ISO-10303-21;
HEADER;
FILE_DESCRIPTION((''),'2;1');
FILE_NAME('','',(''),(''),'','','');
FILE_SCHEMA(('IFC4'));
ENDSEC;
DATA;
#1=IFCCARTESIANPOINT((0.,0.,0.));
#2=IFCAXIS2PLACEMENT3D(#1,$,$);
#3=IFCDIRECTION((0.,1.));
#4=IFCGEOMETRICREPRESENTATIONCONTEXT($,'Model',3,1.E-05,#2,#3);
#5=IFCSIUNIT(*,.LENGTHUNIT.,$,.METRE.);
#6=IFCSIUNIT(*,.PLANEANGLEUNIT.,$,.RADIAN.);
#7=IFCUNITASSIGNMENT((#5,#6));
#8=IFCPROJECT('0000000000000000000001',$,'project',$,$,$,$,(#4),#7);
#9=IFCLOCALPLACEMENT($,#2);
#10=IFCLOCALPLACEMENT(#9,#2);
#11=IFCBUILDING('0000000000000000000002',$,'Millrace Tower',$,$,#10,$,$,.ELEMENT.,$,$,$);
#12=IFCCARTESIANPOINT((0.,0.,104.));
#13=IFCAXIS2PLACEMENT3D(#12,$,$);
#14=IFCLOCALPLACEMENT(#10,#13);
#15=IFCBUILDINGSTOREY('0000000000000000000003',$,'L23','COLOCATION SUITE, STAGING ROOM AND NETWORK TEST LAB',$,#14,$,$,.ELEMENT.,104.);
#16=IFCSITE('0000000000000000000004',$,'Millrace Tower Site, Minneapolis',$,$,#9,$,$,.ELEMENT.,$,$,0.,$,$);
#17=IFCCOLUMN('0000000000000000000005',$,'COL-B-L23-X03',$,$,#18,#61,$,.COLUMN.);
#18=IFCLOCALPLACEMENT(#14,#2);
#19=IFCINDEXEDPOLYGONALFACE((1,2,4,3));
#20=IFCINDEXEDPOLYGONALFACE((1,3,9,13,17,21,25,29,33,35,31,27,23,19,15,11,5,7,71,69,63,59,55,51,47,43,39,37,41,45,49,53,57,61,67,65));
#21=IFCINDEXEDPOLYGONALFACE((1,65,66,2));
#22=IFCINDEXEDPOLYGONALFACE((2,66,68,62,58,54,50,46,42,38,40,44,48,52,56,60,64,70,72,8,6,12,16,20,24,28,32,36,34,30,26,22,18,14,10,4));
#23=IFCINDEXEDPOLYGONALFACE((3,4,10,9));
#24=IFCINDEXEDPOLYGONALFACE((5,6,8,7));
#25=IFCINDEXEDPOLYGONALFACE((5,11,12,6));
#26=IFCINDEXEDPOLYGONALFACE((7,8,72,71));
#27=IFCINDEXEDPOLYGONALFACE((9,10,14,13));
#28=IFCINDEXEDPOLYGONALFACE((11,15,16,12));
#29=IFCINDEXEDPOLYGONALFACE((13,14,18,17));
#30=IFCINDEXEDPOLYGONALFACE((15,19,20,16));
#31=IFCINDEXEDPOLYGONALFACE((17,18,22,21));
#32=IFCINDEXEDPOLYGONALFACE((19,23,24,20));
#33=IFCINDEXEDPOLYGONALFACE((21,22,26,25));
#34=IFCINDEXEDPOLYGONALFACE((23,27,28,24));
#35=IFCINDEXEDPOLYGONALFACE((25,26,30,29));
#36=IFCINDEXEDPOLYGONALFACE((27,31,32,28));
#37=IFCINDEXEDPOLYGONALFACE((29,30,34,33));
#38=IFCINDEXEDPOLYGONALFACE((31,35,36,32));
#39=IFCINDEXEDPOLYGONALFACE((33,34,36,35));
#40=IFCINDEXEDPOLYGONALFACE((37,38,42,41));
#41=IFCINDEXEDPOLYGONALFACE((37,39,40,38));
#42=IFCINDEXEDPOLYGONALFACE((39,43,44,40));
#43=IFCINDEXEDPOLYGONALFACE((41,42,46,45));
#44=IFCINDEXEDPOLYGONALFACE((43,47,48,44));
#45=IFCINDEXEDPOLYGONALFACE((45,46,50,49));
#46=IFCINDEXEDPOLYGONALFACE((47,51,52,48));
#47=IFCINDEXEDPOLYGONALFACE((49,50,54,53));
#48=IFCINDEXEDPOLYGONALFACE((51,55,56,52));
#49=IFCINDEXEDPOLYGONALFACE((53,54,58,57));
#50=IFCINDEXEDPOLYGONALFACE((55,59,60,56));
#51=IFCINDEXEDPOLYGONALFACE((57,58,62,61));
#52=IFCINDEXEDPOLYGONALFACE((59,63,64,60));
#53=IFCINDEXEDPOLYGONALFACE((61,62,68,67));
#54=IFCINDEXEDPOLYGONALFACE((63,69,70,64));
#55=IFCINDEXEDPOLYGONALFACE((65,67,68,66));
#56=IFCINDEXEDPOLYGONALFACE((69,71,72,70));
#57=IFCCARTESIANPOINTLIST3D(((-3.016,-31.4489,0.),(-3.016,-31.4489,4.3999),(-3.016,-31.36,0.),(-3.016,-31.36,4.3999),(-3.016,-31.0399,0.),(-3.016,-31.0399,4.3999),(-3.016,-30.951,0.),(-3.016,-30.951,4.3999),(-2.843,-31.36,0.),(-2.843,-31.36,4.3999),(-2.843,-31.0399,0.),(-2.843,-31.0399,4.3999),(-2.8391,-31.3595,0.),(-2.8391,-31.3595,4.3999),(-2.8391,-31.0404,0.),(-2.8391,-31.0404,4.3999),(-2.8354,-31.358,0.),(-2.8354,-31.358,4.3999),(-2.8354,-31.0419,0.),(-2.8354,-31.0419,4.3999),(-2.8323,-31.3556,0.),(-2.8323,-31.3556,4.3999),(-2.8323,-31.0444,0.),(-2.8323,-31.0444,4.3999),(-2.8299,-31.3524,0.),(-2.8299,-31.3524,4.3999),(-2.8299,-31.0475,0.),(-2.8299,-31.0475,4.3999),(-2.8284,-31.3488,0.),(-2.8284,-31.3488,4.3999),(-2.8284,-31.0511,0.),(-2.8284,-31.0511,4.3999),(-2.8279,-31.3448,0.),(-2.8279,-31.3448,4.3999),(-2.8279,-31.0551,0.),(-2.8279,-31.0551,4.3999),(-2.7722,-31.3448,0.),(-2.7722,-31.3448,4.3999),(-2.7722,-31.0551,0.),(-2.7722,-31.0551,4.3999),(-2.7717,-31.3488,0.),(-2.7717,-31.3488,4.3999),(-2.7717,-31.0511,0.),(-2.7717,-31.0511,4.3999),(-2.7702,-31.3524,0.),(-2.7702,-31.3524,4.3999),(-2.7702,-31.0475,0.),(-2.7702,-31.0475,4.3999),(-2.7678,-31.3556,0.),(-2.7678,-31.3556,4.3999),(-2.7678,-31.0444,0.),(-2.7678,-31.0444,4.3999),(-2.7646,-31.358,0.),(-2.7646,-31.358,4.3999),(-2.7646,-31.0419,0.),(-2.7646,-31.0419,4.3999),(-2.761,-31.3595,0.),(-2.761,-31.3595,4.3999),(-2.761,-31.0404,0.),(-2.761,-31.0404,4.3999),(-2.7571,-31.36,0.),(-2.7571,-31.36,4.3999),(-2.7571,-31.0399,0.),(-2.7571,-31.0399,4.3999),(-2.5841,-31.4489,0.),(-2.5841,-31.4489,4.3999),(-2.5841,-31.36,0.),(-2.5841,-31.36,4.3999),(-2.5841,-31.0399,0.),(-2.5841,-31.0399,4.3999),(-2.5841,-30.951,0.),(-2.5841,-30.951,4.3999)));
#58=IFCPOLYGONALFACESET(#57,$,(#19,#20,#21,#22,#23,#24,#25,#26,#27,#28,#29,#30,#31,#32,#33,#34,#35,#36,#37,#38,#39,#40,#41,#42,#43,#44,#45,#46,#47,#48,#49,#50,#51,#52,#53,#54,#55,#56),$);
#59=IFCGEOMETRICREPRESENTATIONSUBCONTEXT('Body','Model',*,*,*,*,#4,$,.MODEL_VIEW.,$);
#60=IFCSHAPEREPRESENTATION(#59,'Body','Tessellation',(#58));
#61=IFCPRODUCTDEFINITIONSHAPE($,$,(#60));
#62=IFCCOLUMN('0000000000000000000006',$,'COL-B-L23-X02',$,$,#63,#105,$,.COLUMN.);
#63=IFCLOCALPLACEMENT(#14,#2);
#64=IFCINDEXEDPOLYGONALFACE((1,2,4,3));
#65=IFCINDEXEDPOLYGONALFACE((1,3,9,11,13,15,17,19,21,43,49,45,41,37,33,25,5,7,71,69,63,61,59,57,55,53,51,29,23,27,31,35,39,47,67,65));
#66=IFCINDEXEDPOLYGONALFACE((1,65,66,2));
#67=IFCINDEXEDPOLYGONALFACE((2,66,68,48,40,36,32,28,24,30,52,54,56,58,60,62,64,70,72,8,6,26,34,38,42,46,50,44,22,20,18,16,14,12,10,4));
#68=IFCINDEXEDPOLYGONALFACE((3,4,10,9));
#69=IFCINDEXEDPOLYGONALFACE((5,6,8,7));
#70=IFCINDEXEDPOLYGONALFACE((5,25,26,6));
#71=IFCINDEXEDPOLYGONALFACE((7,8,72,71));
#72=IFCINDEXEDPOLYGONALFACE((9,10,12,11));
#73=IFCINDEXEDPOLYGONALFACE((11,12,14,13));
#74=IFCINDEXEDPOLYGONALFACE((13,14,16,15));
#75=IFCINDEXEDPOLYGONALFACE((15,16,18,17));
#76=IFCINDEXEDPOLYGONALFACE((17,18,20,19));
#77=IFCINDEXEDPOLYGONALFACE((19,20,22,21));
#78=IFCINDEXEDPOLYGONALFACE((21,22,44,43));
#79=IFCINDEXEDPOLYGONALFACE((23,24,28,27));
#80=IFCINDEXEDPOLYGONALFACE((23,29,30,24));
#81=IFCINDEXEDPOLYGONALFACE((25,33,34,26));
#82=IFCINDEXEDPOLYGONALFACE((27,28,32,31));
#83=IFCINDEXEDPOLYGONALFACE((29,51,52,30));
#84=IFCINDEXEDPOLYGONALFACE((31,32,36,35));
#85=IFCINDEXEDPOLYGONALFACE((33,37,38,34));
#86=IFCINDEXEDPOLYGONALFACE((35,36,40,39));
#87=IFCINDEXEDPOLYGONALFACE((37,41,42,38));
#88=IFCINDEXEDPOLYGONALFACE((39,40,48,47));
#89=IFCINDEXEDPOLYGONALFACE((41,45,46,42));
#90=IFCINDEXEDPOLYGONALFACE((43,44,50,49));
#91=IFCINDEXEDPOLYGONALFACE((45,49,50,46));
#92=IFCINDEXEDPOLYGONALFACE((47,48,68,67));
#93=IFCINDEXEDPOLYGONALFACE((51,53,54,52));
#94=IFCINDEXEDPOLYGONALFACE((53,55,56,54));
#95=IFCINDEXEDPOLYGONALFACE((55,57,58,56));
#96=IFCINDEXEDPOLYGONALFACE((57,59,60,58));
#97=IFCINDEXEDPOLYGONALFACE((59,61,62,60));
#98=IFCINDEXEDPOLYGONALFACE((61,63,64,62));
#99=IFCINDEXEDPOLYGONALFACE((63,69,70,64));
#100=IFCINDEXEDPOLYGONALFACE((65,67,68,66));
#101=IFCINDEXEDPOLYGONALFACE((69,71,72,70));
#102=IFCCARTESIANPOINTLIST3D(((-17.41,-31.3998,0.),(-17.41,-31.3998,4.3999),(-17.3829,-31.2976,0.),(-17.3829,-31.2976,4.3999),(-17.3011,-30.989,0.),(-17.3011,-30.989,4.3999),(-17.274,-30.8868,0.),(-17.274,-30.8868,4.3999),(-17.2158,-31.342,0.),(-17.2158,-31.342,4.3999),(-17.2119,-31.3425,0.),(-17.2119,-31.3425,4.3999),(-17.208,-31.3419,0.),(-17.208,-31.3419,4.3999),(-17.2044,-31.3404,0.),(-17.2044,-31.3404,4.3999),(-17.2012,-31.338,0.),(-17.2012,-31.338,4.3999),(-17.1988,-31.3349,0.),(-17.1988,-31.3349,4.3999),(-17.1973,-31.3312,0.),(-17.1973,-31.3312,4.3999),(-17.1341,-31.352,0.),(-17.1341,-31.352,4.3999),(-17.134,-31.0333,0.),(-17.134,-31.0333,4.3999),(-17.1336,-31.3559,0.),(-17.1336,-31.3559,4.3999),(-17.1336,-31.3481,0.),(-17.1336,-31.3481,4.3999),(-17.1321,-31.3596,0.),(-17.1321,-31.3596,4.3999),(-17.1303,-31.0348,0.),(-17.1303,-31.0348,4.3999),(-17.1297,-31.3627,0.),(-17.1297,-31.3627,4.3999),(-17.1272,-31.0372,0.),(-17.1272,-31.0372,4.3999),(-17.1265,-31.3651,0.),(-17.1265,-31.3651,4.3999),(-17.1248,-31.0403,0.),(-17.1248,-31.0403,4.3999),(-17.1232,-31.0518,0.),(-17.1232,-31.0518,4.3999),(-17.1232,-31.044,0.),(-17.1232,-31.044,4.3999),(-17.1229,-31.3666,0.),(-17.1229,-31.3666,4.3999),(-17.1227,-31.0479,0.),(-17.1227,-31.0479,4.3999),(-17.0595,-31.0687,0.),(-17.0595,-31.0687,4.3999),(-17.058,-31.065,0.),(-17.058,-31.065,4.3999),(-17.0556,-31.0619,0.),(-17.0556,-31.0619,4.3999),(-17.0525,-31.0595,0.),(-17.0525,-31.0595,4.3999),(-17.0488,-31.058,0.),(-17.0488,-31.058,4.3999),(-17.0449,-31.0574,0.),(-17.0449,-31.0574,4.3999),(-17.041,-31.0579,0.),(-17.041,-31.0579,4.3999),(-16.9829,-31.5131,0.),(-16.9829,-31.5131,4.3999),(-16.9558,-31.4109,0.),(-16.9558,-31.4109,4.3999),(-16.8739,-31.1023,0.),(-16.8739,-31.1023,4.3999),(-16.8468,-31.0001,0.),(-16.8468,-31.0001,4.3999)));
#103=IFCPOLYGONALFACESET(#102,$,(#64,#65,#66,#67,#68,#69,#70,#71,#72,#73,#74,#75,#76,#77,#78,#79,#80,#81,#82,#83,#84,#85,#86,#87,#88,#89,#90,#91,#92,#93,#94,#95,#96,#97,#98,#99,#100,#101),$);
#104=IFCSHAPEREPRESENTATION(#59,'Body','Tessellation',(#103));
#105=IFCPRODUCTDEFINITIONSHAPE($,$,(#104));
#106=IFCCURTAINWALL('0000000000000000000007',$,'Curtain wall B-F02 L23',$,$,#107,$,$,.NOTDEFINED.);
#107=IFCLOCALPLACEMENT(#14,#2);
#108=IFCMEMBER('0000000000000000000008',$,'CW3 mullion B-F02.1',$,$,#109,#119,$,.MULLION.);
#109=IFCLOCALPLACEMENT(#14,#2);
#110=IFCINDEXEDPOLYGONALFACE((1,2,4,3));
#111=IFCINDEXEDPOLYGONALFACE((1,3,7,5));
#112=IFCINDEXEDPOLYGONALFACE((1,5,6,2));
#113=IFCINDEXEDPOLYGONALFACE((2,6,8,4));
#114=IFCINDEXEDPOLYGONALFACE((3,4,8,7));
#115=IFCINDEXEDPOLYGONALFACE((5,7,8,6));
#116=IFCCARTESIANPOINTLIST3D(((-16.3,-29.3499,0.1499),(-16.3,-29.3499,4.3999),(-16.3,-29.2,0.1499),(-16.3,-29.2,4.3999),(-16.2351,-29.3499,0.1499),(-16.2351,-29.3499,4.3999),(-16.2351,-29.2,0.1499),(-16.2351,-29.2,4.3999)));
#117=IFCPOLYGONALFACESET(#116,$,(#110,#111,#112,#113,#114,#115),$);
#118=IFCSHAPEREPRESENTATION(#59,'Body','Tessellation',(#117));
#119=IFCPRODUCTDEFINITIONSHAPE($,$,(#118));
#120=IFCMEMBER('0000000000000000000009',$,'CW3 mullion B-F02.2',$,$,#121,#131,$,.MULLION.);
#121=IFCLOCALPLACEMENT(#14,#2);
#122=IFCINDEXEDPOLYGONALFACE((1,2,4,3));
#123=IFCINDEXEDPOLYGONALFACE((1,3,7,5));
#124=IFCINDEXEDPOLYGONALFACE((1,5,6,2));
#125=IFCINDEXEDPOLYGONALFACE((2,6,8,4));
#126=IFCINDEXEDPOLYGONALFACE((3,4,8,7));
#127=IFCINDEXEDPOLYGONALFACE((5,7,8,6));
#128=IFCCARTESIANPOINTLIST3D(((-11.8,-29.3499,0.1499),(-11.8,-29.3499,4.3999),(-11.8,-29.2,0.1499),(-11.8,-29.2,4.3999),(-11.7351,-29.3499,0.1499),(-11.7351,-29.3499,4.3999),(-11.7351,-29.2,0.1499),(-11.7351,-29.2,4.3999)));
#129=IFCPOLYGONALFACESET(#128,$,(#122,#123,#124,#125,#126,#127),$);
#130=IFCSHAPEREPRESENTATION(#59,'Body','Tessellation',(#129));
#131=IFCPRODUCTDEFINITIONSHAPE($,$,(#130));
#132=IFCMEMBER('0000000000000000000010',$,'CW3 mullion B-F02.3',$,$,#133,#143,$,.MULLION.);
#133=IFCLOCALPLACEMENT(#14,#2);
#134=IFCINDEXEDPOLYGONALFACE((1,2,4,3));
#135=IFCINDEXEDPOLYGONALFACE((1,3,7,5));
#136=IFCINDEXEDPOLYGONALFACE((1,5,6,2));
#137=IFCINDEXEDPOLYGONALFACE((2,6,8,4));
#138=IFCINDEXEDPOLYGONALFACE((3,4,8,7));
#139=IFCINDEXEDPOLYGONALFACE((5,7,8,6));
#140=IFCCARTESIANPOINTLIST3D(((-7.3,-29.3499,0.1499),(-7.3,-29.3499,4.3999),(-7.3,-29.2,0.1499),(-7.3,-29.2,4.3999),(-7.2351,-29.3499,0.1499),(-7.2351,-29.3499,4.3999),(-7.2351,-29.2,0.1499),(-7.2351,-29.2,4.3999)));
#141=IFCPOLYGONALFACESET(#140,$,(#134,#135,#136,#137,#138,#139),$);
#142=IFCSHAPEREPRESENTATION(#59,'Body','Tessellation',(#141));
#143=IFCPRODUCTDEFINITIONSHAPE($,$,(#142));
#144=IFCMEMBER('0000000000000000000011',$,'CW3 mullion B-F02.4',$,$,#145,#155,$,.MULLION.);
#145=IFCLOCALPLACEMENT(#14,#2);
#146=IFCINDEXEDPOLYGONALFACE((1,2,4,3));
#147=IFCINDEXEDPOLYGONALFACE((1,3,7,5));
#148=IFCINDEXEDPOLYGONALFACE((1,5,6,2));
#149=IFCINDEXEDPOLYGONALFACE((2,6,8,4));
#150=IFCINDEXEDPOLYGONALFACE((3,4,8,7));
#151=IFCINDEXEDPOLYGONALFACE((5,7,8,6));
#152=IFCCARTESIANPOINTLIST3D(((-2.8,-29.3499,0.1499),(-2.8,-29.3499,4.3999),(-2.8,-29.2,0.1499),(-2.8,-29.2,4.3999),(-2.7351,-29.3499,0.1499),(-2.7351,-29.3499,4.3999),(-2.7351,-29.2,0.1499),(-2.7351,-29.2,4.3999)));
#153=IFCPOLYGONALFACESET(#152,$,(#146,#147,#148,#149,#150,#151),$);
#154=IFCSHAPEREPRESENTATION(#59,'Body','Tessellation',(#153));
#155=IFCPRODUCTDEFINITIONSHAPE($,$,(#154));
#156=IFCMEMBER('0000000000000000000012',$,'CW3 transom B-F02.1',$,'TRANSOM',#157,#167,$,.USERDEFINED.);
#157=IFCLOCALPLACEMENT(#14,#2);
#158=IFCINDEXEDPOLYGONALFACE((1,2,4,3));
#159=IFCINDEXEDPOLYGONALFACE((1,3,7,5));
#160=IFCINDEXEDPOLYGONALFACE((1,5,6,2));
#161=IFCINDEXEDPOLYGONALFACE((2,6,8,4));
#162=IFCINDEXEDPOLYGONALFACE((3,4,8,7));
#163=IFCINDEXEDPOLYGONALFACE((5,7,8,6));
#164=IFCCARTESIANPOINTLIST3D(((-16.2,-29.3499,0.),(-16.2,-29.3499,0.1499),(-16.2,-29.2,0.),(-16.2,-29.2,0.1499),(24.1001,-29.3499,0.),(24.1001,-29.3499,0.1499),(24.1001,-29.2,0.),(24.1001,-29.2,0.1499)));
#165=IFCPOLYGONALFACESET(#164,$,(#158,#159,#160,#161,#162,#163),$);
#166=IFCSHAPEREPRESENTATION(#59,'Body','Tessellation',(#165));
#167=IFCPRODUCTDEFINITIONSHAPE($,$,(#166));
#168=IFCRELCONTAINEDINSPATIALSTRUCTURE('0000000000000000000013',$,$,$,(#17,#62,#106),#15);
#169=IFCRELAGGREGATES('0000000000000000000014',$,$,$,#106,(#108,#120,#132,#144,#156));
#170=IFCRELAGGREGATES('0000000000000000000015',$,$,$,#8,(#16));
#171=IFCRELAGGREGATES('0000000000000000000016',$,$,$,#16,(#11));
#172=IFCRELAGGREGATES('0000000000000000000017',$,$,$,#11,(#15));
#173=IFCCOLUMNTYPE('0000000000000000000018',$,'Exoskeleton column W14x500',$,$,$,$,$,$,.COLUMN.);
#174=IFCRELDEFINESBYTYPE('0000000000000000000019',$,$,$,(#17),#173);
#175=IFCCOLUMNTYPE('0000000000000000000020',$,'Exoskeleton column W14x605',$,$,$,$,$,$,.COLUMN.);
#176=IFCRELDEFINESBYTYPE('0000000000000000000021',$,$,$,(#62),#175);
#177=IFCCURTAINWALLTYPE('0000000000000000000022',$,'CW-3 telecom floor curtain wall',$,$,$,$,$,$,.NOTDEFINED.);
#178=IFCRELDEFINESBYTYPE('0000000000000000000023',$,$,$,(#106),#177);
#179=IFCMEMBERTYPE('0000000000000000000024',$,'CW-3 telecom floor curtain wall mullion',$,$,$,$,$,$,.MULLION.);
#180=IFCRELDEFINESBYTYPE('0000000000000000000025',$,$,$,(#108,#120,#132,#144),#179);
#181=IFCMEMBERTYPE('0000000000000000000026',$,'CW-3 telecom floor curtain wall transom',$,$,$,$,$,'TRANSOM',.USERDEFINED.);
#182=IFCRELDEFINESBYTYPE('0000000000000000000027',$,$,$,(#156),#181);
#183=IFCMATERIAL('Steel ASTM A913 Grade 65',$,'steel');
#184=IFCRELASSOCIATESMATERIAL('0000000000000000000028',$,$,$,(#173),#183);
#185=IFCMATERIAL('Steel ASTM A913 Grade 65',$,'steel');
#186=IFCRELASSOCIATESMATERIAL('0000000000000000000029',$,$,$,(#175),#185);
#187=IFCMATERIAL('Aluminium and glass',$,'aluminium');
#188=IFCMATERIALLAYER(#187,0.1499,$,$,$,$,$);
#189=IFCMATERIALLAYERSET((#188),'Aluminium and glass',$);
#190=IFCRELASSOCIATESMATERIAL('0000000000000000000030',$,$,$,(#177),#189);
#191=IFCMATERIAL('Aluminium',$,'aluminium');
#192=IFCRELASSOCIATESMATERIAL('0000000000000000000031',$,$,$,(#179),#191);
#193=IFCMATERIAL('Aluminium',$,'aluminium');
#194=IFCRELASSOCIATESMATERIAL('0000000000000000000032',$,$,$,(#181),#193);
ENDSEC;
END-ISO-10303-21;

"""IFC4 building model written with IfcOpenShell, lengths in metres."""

from ifc_helpers import new_model, si_unit, direction, frame, origin, origin_2d, place, context, subcontext, project, spatial, rectangle, i_section, extrude, material, layer, layer_set, material_profile, profile_set, type_object, element, aggregate, save


model = new_model("IFC4")

# Units and contexts
model_context = context("Model", 3, precision=1e-05, world=origin(), true_north=direction((0.0, 1.0)))
body_context = subcontext(model_context, "Body", "Model", "MODEL_VIEW")
ifc_project = project(units=[si_unit("LENGTHUNIT", "METRE"), si_unit("PLANEANGLEUNIT", "RADIAN")], contexts=[model_context])

# Site, building, storey
site_placement = place(None, origin())
site = spatial("IfcSite", under=ifc_project, at=site_placement, Name="Millrace Tower Site, Minneapolis", CompositionType="ELEMENT", RefElevation=0.0)
building_placement = place(site_placement, origin())
building = spatial("IfcBuilding", under=site, at=building_placement, Name="Millrace Tower", CompositionType="ELEMENT")
storey_placement = place(building_placement, frame((0.0, 0.0, 104.0)))
storey = spatial("IfcBuildingStorey", under=building, at=storey_placement, Name="L23", Description="COLOCATION SUITE, STAGING ROOM AND NETWORK TEST LAB", CompositionType="ELEMENT", Elevation=104.0)

# Columns
ifc_material_1 = material(Name="Steel ASTM A913 Grade 65", Category="steel")
ifc_material_profile_1 = material_profile(ifc_material_1, i_section(OverallWidth=0.4319, OverallDepth=0.4978, WebThickness=0.0557, FlangeThickness=0.0889, FilletRadius=0.0151, at=origin_2d()))
ifc_profile_set_1 = profile_set([ifc_material_profile_1], Name="Steel ASTM A913 Grade 65")
column_type_1 = type_object("IfcColumnType", Name="Exoskeleton column W14x500", PredefinedType="COLUMN", material=ifc_profile_set_1)
column_1_placement = place(storey_placement, frame((-2.8, -31.2, 0.0), z_axis=(0.0, 0.0, 1.0), x_axis=(1.0, 0.0, 0.0)))
element("IfcColumn", 1, at=column_1_placement, inside=storey, type_object=column_type_1, Name="COL-B-L23-X03", PredefinedType="COLUMN", context=body_context, shape_type="SweptSolid", body=[
    extrude(i_section(OverallWidth=0.4319, OverallDepth=0.4978, WebThickness=0.0557, FlangeThickness=0.0889, FilletRadius=0.0151, at=origin_2d()), origin(), (0.0, 0.0, 1.0), 4.3999),
])
ifc_material_2 = material(Name="Steel ASTM A913 Grade 65", Category="steel")
ifc_material_profile_2 = material_profile(ifc_material_2, i_section(OverallWidth=0.4419, OverallDepth=0.5308, WebThickness=0.0659, FlangeThickness=0.1057, FilletRadius=0.0151, at=origin_2d()))
ifc_profile_set_2 = profile_set([ifc_material_profile_2], Name="Steel ASTM A913 Grade 65")
column_type_2 = type_object("IfcColumnType", Name="Exoskeleton column W14x605", PredefinedType="COLUMN", material=ifc_profile_set_2)
column_2_placement = place(storey_placement, frame((-17.1284, -31.2, 0.0), z_axis=(0.0, 0.0, 1.0), x_axis=(0.966585, -0.256347, 0.0)))
element("IfcColumn", 2, at=column_2_placement, inside=storey, type_object=column_type_2, Name="COL-B-L23-X02", PredefinedType="COLUMN", context=body_context, shape_type="SweptSolid", body=[
    extrude(i_section(OverallWidth=0.4419, OverallDepth=0.5308, WebThickness=0.0659, FlangeThickness=0.1057, FilletRadius=0.0151, at=origin_2d()), origin(), (0.0, 0.0, 1.0), 4.3999),
])

# Curtain wall, members
ifc_material_3 = material(Name="Aluminium and glass", Category="aluminium")
ifc_layer_1 = layer(ifc_material_3, 0.1499)
ifc_layer_set_1 = layer_set([ifc_layer_1], Name="Aluminium and glass")
curtain_wall_type = type_object("IfcCurtainWallType", Name="CW-3 telecom floor curtain wall", PredefinedType="NOTDEFINED", material=ifc_layer_set_1)
curtain_wall_placement = place(storey_placement, origin())
curtain_wall = element("IfcCurtainWall", 3, at=curtain_wall_placement, inside=storey, type_object=curtain_wall_type, Name="Curtain wall B-F02 L23", PredefinedType="NOTDEFINED")
ifc_material_4 = material(Name="Aluminium", Category="aluminium")
ifc_material_profile_3 = material_profile(ifc_material_4, rectangle(XDim=0.0649, YDim=0.1499, at=origin_2d()))
ifc_profile_set_3 = profile_set([ifc_material_profile_3], Name="Aluminium")
member_type_1 = type_object("IfcMemberType", Name="CW-3 telecom floor curtain wall mullion", PredefinedType="MULLION", material=ifc_profile_set_3)
member_1_placement = place(storey_placement, frame((-16.2676, -29.2749, 0.1499), z_axis=(0.0, 0.0, 1.0), x_axis=(1.0, 0.0, 0.0)))
member_1 = element("IfcMember", 4, at=member_1_placement, type_object=member_type_1, Name="CW3 mullion B-F02.1", PredefinedType="MULLION", context=body_context, shape_type="SweptSolid", body=[
    extrude(rectangle(XDim=0.0649, YDim=0.1499, at=origin_2d()), origin(), (0.0, 0.0, 1.0), 4.25),
])
member_2_placement = place(storey_placement, frame((-11.7676, -29.2749, 0.1499), z_axis=(0.0, 0.0, 1.0), x_axis=(1.0, 0.0, 0.0)))
member_2 = element("IfcMember", 5, at=member_2_placement, type_object=member_type_1, Name="CW3 mullion B-F02.2", PredefinedType="MULLION", context=body_context, shape_type="SweptSolid", body=[
    extrude(rectangle(XDim=0.0649, YDim=0.1499, at=origin_2d()), origin(), (0.0, 0.0, 1.0), 4.25),
])
member_3_placement = place(storey_placement, frame((-7.2676, -29.2749, 0.1499), z_axis=(0.0, 0.0, 1.0), x_axis=(1.0, 0.0, 0.0)))
member_3 = element("IfcMember", 6, at=member_3_placement, type_object=member_type_1, Name="CW3 mullion B-F02.3", PredefinedType="MULLION", context=body_context, shape_type="SweptSolid", body=[
    extrude(rectangle(XDim=0.0649, YDim=0.1499, at=origin_2d()), origin(), (0.0, 0.0, 1.0), 4.25),
])
member_4_placement = place(storey_placement, frame((-2.7676, -29.2749, 0.1499), z_axis=(0.0, 0.0, 1.0), x_axis=(1.0, 0.0, 0.0)))
member_4 = element("IfcMember", 7, at=member_4_placement, type_object=member_type_1, Name="CW3 mullion B-F02.4", PredefinedType="MULLION", context=body_context, shape_type="SweptSolid", body=[
    extrude(rectangle(XDim=0.0649, YDim=0.1499, at=origin_2d()), origin(), (0.0, 0.0, 1.0), 4.25),
])
ifc_material_5 = material(Name="Aluminium", Category="aluminium")
ifc_material_profile_4 = material_profile(ifc_material_5, rectangle(XDim=0.1499, YDim=0.1499, at=origin_2d()))
ifc_profile_set_4 = profile_set([ifc_material_profile_4], Name="Aluminium")
member_type_2 = type_object("IfcMemberType", Name="CW-3 telecom floor curtain wall transom", ElementType="TRANSOM", PredefinedType="USERDEFINED", material=ifc_profile_set_4)
member_5_placement = place(storey_placement, frame((-16.2, -29.2749, 0.075), z_axis=(1.0, 0.0, 0.0), x_axis=(0.0, 1.0, 0.0)))
member_5 = element("IfcMember", 8, at=member_5_placement, type_object=member_type_2, Name="CW3 transom B-F02.1", ObjectType="TRANSOM", PredefinedType="USERDEFINED", context=body_context, shape_type="SweptSolid", body=[
    extrude(rectangle(XDim=0.1499, YDim=0.1499, at=origin_2d()), origin(), (0.0, 0.0, 1.0), 40.3),
])
aggregate(curtain_wall, [member_1, member_2, member_3, member_4, member_5])

save(model, "model.ifc")
